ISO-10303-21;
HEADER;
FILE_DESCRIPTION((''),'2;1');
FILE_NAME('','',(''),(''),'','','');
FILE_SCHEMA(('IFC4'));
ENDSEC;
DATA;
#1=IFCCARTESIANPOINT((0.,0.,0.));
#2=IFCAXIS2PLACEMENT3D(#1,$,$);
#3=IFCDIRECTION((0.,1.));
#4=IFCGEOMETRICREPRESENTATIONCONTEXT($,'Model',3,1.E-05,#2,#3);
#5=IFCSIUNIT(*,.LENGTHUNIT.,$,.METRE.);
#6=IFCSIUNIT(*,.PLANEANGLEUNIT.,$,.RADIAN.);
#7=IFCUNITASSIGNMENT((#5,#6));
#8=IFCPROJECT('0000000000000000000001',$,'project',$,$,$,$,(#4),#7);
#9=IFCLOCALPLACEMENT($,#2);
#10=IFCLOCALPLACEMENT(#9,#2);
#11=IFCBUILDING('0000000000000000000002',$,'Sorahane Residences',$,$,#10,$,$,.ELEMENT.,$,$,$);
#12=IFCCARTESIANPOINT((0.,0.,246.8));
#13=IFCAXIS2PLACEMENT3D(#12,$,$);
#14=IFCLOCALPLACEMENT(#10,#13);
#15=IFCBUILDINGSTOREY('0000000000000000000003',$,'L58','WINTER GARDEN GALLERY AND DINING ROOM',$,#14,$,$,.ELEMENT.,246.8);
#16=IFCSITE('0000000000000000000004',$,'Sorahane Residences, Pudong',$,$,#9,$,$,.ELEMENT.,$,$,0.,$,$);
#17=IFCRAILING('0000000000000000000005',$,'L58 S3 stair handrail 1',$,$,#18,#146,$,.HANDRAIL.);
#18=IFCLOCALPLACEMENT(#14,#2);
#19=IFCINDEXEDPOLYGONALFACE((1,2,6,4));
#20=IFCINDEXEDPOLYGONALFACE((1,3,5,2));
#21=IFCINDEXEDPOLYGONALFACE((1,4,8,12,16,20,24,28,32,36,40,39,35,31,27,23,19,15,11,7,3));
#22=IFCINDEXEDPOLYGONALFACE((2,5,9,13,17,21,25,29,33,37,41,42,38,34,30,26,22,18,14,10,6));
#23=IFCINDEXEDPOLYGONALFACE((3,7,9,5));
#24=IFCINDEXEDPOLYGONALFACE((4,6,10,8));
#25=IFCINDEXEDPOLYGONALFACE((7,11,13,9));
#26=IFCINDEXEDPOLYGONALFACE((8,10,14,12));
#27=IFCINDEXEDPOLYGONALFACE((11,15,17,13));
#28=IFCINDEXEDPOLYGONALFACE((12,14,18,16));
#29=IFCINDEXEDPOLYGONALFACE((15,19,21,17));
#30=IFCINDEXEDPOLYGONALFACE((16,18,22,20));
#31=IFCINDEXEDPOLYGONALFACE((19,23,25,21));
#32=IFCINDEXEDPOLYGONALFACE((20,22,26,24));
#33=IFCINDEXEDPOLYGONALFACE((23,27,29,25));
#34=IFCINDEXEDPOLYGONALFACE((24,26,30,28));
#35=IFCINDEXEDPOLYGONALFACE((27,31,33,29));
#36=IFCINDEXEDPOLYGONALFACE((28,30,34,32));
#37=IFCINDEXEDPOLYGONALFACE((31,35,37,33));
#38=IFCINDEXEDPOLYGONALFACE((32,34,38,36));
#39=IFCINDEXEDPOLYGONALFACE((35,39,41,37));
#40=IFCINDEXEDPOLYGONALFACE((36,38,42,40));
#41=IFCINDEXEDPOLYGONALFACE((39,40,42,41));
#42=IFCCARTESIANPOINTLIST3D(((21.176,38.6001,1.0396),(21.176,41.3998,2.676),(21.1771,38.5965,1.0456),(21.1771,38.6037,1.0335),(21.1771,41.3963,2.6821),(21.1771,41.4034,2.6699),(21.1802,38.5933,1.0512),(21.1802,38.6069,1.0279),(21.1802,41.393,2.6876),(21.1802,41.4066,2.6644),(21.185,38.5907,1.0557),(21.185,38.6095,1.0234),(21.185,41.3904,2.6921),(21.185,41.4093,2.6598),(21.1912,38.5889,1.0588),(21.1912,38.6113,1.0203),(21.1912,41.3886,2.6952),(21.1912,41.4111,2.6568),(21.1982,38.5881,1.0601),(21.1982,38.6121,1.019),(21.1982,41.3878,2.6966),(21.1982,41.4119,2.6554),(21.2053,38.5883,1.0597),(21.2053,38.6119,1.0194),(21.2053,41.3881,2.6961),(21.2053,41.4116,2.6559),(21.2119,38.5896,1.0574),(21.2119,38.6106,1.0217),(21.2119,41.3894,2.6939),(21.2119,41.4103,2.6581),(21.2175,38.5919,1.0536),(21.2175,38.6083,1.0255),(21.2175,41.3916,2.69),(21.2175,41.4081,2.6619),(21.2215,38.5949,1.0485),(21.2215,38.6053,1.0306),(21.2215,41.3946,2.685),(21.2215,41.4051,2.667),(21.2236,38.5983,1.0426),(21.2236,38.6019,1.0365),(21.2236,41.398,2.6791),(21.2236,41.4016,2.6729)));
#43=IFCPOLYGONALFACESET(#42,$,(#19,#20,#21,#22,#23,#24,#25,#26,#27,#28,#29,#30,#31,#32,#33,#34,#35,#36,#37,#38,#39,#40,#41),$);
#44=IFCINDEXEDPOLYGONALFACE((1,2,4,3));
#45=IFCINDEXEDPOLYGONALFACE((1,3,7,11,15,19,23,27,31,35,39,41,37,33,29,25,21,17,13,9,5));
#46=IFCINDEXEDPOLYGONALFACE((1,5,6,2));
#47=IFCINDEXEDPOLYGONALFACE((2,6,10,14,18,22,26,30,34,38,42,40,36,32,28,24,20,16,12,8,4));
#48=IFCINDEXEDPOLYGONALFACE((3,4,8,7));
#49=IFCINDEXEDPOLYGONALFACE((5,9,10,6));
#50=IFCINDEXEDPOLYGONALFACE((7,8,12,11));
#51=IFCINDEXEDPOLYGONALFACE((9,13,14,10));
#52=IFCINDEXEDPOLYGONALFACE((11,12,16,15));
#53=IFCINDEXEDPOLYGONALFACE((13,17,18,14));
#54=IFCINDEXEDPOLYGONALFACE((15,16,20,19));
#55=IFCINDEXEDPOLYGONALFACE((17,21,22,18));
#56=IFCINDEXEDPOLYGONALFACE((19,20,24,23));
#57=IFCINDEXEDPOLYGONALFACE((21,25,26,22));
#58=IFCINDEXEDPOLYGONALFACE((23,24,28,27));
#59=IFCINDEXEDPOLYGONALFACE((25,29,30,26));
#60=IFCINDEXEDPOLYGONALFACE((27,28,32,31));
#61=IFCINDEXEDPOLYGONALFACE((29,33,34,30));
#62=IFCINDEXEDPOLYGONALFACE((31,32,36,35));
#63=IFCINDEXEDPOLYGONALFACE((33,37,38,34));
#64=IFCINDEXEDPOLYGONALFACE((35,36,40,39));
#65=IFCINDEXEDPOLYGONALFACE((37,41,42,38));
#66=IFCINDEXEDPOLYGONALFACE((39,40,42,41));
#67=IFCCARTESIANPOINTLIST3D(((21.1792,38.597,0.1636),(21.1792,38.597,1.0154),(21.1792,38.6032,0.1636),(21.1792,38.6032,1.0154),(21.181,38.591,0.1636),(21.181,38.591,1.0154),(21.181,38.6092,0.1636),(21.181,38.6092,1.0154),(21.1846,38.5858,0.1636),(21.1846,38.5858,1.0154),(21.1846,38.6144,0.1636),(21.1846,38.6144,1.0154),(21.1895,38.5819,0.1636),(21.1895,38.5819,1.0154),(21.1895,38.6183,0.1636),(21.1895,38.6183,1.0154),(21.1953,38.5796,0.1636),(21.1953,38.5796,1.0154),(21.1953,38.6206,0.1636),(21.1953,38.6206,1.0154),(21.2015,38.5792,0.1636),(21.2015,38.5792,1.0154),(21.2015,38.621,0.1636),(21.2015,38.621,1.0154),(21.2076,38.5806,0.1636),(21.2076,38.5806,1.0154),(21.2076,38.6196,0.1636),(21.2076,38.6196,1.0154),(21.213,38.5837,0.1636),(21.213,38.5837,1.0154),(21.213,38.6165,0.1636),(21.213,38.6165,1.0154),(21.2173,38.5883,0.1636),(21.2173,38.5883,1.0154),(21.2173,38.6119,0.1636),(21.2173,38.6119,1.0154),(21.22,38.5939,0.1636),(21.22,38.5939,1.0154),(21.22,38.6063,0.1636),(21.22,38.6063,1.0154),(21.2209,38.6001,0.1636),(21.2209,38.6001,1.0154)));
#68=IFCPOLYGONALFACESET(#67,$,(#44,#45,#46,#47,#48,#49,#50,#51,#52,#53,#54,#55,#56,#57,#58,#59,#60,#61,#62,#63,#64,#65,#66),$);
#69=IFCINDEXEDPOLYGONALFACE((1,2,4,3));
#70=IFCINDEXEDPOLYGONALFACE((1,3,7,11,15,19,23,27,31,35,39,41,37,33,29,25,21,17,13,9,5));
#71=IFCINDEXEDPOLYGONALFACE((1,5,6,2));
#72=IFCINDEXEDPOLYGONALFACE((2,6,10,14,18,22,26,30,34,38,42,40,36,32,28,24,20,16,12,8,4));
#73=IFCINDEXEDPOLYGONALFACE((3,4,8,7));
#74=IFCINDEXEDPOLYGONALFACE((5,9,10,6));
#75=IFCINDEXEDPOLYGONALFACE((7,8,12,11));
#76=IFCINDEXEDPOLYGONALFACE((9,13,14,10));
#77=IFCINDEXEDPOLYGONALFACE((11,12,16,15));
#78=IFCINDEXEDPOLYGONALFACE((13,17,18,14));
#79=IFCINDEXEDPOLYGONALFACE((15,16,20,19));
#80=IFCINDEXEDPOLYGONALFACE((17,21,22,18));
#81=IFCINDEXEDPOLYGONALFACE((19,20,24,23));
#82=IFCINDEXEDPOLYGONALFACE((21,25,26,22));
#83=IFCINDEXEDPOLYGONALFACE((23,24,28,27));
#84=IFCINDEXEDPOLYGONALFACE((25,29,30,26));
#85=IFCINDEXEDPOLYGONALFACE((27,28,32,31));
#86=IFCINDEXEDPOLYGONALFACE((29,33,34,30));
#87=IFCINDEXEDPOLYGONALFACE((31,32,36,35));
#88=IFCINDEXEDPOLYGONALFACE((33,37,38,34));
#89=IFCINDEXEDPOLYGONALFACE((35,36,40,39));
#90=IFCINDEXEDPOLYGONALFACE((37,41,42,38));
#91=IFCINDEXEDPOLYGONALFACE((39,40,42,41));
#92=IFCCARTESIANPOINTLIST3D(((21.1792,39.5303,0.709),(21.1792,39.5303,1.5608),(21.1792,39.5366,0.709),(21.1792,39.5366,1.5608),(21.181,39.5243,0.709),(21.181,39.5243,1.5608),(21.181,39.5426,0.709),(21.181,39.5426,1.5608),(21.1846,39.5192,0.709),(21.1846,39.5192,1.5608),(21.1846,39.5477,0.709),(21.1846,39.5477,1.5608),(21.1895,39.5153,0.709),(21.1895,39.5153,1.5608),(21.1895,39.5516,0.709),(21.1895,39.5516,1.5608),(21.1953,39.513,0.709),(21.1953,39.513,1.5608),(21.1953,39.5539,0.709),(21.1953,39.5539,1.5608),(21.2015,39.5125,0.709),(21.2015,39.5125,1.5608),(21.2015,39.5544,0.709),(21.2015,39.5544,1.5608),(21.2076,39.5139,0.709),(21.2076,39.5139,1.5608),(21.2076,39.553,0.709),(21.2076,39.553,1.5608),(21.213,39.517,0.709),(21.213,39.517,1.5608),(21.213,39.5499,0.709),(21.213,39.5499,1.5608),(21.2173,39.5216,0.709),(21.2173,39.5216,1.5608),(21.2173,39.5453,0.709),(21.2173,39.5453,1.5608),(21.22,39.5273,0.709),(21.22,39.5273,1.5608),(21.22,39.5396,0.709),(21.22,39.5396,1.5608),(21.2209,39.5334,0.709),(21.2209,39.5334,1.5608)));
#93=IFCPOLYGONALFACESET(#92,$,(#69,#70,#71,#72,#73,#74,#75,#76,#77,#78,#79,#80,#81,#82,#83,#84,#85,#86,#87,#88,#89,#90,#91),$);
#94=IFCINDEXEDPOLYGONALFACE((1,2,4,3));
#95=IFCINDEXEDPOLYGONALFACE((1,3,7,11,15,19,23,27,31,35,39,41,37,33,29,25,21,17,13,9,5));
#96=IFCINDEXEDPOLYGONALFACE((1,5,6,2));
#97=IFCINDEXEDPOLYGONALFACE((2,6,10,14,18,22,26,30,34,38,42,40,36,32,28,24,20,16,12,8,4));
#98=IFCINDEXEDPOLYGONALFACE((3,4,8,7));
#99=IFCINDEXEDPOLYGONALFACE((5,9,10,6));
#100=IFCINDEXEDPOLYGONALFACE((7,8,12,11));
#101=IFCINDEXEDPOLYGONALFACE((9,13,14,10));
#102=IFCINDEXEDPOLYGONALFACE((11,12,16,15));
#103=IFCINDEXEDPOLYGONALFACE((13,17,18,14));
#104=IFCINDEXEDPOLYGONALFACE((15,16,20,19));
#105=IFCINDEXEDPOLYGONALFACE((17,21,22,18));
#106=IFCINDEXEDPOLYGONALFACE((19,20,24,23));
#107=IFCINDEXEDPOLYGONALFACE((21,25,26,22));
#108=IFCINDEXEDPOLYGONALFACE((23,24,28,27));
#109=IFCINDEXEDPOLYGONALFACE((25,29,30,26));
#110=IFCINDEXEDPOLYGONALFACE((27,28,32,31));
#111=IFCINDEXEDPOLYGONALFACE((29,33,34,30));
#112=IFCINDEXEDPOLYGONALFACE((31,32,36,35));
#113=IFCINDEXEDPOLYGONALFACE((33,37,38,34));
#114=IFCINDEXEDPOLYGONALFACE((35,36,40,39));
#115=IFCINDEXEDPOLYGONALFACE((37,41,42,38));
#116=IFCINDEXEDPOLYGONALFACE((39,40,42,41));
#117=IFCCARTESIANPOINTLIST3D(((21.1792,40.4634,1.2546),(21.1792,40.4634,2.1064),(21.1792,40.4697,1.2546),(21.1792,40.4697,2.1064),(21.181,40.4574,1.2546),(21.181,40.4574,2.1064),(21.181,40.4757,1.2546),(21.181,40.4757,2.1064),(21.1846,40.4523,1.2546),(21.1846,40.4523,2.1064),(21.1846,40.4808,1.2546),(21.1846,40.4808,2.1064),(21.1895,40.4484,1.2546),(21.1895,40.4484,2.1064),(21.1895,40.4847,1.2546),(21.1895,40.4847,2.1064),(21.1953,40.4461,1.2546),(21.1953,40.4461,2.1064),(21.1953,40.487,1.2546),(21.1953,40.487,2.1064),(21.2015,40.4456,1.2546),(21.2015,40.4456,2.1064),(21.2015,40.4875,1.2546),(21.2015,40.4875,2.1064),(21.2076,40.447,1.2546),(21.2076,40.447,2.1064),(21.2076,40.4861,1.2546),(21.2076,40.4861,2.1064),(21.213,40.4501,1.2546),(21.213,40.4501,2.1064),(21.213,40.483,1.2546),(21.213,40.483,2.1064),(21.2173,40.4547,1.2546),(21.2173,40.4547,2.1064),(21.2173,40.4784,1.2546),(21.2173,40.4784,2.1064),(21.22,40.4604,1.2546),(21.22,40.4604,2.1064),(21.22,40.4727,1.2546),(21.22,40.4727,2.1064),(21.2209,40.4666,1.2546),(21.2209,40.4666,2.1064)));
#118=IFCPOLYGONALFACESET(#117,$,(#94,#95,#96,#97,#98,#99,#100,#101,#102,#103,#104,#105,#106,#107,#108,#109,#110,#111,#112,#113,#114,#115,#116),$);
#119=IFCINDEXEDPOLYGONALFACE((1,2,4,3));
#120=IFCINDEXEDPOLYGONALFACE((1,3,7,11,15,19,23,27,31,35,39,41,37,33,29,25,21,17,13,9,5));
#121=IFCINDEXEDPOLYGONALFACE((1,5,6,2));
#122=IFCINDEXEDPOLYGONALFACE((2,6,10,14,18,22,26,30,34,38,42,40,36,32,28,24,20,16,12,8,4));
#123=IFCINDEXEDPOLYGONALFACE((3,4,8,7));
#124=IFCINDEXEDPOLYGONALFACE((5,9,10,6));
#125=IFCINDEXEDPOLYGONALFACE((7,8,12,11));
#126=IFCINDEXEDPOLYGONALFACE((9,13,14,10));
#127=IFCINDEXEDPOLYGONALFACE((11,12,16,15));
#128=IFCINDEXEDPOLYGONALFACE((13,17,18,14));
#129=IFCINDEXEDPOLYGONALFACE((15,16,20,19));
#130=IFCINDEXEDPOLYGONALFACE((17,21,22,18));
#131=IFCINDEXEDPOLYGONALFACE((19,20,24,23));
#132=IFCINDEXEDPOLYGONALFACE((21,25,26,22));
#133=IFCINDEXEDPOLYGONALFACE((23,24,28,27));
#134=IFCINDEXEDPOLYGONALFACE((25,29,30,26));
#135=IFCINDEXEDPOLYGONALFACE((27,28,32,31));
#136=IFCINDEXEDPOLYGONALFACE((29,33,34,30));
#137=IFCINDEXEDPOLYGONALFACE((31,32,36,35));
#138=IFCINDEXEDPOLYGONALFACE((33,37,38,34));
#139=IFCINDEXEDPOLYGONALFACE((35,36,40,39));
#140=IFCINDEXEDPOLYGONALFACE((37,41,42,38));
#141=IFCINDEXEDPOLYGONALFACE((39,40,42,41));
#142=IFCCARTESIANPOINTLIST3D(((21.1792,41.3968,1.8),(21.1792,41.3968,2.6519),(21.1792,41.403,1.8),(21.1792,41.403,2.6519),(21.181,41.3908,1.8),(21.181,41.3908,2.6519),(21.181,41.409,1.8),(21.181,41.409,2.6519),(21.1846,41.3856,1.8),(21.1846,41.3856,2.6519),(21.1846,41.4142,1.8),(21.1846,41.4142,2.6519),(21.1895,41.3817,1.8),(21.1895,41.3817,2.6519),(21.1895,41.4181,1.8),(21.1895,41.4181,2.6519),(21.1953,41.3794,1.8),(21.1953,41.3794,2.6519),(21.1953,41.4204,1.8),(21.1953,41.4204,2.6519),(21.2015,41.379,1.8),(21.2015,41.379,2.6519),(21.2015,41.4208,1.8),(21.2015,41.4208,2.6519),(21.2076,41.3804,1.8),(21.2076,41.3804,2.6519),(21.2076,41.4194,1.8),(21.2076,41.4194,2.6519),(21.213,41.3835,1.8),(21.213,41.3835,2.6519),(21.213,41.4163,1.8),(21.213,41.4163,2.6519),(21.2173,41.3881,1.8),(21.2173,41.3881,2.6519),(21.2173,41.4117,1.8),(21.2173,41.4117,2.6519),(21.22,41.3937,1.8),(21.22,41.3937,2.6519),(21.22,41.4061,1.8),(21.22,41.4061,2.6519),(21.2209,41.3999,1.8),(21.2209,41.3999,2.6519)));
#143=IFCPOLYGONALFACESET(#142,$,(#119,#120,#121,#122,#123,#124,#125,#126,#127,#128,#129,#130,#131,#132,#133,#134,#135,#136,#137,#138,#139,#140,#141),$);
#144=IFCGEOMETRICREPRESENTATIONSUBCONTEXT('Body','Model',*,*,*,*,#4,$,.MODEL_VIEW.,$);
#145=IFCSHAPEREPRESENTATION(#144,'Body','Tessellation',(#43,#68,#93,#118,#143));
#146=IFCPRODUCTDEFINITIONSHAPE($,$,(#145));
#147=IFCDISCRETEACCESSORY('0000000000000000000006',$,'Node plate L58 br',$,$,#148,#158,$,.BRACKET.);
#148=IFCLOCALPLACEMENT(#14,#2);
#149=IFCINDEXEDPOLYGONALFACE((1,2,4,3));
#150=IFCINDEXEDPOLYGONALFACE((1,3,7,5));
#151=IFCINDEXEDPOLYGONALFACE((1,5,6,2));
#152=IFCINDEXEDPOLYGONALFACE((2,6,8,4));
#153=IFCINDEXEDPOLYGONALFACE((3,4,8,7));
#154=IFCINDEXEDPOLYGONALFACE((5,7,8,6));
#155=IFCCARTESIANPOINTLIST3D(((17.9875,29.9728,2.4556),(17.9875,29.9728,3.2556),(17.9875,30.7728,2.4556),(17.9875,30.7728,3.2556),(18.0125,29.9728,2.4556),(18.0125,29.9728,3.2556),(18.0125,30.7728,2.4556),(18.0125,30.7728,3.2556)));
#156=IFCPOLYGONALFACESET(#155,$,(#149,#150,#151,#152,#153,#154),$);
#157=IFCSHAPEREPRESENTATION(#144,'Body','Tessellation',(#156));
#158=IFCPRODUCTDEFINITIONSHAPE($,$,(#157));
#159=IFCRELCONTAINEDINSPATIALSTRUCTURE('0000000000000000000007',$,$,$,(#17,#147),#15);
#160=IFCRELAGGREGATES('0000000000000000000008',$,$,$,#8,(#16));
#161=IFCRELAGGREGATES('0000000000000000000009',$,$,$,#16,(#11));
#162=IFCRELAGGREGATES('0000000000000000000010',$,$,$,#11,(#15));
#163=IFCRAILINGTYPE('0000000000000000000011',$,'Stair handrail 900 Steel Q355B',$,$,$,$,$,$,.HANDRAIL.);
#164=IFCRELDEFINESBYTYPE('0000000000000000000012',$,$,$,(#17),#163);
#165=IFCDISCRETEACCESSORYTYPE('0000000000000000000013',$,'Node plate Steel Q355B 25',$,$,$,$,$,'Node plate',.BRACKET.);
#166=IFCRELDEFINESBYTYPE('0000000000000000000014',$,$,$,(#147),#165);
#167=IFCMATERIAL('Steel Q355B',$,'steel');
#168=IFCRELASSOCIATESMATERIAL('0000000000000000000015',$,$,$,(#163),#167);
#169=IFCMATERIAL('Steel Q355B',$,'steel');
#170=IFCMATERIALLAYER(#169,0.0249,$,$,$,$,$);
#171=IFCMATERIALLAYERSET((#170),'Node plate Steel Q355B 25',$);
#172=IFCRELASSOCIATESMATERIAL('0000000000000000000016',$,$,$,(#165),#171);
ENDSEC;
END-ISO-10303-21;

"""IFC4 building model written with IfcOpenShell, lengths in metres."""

from ifc_helpers import new_model, si_unit, direction, frame, origin, origin_2d, place, context, subcontext, project, spatial, rectangle, circle, extrude, material, layer, layer_set, type_object, element, save


model = new_model("IFC4")

# Units and contexts
model_context = context("Model", 3, precision=1e-05, world=origin(), true_north=direction((0.0, 1.0)))
body_context = subcontext(model_context, "Body", "Model", "MODEL_VIEW")
ifc_project = project(units=[si_unit("LENGTHUNIT", "METRE"), si_unit("PLANEANGLEUNIT", "RADIAN")], contexts=[model_context])

# Site, building, storey
site_placement = place(None, origin())
site = spatial("IfcSite", under=ifc_project, at=site_placement, Name="Sorahane Residences, Pudong", CompositionType="ELEMENT", RefElevation=0.0)
building_placement = place(site_placement, origin())
building = spatial("IfcBuilding", under=site, at=building_placement, Name="Sorahane Residences", CompositionType="ELEMENT")
storey_placement = place(building_placement, frame((0.0, 0.0, 246.8)))
storey = spatial("IfcBuildingStorey", under=building, at=storey_placement, Name="L58", Description="WINTER GARDEN GALLERY AND DINING ROOM", CompositionType="ELEMENT", Elevation=246.8)

# Railing
ifc_material_1 = material(Name="Steel Q355B", Category="steel")
railing_type_1 = type_object("IfcRailingType", Name="Stair handrail 900 Steel Q355B", PredefinedType="HANDRAIL", material=ifc_material_1)
railing_1_placement = place(storey_placement, frame((21.2, 38.6001, 0.1636)))
element("IfcRailing", 1, at=railing_1_placement, inside=storey, type_object=railing_type_1, Name="L58 S3 stair handrail 1", PredefinedType="HANDRAIL", context=body_context, shape_type="SweptSolid", body=[
    extrude(circle(Radius=0.0239, at=origin_2d()), frame((0.0, 0.0, 0.876), z_axis=(0.0, 0.863342, 0.50462), x_axis=(-1.0, 0.0, 0.0)), (0.0, 0.0, 1.0), 3.2429),
    extrude(circle(Radius=0.021, at=origin_2d()), origin(), (0.0, 0.0, 1.0), 0.8518),
    extrude(circle(Radius=0.021, at=origin_2d()), frame((0.0, 0.9333, 0.5454)), (0.0, 0.0, 1.0), 0.8518),
    extrude(circle(Radius=0.021, at=origin_2d()), frame((0.0, 1.8665, 1.0911)), (0.0, 0.0, 1.0), 0.8518),
    extrude(circle(Radius=0.021, at=origin_2d()), frame((0.0, 2.7998, 1.6365)), (0.0, 0.0, 1.0), 0.8518),
])

# Discrete accessory
ifc_material_2 = material(Name="Steel Q355B", Category="steel")
ifc_layer_1 = layer(ifc_material_2, 0.0249)
ifc_layer_set_1 = layer_set([ifc_layer_1], Name="Node plate Steel Q355B 25")
discrete_accessory_type = type_object("IfcDiscreteAccessoryType", Name="Node plate Steel Q355B 25", ElementType="Node plate", PredefinedType="BRACKET", material=ifc_layer_set_1)
discrete_accessory_placement = place(storey_placement, frame((18.0, 30.3728, 2.4556), z_axis=(0.0, 0.0, 1.0), x_axis=(0.0, 1.0, 0.0)))
element("IfcDiscreteAccessory", 2, at=discrete_accessory_placement, inside=storey, type_object=discrete_accessory_type, Name="Node plate L58 br", PredefinedType="BRACKET", context=body_context, shape_type="SweptSolid", body=[
    extrude(rectangle(XDim=0.8, YDim=0.0249, at=origin_2d()), origin(), (0.0, 0.0, 1.0), 0.8),
])

save(model, "model.ifc")
